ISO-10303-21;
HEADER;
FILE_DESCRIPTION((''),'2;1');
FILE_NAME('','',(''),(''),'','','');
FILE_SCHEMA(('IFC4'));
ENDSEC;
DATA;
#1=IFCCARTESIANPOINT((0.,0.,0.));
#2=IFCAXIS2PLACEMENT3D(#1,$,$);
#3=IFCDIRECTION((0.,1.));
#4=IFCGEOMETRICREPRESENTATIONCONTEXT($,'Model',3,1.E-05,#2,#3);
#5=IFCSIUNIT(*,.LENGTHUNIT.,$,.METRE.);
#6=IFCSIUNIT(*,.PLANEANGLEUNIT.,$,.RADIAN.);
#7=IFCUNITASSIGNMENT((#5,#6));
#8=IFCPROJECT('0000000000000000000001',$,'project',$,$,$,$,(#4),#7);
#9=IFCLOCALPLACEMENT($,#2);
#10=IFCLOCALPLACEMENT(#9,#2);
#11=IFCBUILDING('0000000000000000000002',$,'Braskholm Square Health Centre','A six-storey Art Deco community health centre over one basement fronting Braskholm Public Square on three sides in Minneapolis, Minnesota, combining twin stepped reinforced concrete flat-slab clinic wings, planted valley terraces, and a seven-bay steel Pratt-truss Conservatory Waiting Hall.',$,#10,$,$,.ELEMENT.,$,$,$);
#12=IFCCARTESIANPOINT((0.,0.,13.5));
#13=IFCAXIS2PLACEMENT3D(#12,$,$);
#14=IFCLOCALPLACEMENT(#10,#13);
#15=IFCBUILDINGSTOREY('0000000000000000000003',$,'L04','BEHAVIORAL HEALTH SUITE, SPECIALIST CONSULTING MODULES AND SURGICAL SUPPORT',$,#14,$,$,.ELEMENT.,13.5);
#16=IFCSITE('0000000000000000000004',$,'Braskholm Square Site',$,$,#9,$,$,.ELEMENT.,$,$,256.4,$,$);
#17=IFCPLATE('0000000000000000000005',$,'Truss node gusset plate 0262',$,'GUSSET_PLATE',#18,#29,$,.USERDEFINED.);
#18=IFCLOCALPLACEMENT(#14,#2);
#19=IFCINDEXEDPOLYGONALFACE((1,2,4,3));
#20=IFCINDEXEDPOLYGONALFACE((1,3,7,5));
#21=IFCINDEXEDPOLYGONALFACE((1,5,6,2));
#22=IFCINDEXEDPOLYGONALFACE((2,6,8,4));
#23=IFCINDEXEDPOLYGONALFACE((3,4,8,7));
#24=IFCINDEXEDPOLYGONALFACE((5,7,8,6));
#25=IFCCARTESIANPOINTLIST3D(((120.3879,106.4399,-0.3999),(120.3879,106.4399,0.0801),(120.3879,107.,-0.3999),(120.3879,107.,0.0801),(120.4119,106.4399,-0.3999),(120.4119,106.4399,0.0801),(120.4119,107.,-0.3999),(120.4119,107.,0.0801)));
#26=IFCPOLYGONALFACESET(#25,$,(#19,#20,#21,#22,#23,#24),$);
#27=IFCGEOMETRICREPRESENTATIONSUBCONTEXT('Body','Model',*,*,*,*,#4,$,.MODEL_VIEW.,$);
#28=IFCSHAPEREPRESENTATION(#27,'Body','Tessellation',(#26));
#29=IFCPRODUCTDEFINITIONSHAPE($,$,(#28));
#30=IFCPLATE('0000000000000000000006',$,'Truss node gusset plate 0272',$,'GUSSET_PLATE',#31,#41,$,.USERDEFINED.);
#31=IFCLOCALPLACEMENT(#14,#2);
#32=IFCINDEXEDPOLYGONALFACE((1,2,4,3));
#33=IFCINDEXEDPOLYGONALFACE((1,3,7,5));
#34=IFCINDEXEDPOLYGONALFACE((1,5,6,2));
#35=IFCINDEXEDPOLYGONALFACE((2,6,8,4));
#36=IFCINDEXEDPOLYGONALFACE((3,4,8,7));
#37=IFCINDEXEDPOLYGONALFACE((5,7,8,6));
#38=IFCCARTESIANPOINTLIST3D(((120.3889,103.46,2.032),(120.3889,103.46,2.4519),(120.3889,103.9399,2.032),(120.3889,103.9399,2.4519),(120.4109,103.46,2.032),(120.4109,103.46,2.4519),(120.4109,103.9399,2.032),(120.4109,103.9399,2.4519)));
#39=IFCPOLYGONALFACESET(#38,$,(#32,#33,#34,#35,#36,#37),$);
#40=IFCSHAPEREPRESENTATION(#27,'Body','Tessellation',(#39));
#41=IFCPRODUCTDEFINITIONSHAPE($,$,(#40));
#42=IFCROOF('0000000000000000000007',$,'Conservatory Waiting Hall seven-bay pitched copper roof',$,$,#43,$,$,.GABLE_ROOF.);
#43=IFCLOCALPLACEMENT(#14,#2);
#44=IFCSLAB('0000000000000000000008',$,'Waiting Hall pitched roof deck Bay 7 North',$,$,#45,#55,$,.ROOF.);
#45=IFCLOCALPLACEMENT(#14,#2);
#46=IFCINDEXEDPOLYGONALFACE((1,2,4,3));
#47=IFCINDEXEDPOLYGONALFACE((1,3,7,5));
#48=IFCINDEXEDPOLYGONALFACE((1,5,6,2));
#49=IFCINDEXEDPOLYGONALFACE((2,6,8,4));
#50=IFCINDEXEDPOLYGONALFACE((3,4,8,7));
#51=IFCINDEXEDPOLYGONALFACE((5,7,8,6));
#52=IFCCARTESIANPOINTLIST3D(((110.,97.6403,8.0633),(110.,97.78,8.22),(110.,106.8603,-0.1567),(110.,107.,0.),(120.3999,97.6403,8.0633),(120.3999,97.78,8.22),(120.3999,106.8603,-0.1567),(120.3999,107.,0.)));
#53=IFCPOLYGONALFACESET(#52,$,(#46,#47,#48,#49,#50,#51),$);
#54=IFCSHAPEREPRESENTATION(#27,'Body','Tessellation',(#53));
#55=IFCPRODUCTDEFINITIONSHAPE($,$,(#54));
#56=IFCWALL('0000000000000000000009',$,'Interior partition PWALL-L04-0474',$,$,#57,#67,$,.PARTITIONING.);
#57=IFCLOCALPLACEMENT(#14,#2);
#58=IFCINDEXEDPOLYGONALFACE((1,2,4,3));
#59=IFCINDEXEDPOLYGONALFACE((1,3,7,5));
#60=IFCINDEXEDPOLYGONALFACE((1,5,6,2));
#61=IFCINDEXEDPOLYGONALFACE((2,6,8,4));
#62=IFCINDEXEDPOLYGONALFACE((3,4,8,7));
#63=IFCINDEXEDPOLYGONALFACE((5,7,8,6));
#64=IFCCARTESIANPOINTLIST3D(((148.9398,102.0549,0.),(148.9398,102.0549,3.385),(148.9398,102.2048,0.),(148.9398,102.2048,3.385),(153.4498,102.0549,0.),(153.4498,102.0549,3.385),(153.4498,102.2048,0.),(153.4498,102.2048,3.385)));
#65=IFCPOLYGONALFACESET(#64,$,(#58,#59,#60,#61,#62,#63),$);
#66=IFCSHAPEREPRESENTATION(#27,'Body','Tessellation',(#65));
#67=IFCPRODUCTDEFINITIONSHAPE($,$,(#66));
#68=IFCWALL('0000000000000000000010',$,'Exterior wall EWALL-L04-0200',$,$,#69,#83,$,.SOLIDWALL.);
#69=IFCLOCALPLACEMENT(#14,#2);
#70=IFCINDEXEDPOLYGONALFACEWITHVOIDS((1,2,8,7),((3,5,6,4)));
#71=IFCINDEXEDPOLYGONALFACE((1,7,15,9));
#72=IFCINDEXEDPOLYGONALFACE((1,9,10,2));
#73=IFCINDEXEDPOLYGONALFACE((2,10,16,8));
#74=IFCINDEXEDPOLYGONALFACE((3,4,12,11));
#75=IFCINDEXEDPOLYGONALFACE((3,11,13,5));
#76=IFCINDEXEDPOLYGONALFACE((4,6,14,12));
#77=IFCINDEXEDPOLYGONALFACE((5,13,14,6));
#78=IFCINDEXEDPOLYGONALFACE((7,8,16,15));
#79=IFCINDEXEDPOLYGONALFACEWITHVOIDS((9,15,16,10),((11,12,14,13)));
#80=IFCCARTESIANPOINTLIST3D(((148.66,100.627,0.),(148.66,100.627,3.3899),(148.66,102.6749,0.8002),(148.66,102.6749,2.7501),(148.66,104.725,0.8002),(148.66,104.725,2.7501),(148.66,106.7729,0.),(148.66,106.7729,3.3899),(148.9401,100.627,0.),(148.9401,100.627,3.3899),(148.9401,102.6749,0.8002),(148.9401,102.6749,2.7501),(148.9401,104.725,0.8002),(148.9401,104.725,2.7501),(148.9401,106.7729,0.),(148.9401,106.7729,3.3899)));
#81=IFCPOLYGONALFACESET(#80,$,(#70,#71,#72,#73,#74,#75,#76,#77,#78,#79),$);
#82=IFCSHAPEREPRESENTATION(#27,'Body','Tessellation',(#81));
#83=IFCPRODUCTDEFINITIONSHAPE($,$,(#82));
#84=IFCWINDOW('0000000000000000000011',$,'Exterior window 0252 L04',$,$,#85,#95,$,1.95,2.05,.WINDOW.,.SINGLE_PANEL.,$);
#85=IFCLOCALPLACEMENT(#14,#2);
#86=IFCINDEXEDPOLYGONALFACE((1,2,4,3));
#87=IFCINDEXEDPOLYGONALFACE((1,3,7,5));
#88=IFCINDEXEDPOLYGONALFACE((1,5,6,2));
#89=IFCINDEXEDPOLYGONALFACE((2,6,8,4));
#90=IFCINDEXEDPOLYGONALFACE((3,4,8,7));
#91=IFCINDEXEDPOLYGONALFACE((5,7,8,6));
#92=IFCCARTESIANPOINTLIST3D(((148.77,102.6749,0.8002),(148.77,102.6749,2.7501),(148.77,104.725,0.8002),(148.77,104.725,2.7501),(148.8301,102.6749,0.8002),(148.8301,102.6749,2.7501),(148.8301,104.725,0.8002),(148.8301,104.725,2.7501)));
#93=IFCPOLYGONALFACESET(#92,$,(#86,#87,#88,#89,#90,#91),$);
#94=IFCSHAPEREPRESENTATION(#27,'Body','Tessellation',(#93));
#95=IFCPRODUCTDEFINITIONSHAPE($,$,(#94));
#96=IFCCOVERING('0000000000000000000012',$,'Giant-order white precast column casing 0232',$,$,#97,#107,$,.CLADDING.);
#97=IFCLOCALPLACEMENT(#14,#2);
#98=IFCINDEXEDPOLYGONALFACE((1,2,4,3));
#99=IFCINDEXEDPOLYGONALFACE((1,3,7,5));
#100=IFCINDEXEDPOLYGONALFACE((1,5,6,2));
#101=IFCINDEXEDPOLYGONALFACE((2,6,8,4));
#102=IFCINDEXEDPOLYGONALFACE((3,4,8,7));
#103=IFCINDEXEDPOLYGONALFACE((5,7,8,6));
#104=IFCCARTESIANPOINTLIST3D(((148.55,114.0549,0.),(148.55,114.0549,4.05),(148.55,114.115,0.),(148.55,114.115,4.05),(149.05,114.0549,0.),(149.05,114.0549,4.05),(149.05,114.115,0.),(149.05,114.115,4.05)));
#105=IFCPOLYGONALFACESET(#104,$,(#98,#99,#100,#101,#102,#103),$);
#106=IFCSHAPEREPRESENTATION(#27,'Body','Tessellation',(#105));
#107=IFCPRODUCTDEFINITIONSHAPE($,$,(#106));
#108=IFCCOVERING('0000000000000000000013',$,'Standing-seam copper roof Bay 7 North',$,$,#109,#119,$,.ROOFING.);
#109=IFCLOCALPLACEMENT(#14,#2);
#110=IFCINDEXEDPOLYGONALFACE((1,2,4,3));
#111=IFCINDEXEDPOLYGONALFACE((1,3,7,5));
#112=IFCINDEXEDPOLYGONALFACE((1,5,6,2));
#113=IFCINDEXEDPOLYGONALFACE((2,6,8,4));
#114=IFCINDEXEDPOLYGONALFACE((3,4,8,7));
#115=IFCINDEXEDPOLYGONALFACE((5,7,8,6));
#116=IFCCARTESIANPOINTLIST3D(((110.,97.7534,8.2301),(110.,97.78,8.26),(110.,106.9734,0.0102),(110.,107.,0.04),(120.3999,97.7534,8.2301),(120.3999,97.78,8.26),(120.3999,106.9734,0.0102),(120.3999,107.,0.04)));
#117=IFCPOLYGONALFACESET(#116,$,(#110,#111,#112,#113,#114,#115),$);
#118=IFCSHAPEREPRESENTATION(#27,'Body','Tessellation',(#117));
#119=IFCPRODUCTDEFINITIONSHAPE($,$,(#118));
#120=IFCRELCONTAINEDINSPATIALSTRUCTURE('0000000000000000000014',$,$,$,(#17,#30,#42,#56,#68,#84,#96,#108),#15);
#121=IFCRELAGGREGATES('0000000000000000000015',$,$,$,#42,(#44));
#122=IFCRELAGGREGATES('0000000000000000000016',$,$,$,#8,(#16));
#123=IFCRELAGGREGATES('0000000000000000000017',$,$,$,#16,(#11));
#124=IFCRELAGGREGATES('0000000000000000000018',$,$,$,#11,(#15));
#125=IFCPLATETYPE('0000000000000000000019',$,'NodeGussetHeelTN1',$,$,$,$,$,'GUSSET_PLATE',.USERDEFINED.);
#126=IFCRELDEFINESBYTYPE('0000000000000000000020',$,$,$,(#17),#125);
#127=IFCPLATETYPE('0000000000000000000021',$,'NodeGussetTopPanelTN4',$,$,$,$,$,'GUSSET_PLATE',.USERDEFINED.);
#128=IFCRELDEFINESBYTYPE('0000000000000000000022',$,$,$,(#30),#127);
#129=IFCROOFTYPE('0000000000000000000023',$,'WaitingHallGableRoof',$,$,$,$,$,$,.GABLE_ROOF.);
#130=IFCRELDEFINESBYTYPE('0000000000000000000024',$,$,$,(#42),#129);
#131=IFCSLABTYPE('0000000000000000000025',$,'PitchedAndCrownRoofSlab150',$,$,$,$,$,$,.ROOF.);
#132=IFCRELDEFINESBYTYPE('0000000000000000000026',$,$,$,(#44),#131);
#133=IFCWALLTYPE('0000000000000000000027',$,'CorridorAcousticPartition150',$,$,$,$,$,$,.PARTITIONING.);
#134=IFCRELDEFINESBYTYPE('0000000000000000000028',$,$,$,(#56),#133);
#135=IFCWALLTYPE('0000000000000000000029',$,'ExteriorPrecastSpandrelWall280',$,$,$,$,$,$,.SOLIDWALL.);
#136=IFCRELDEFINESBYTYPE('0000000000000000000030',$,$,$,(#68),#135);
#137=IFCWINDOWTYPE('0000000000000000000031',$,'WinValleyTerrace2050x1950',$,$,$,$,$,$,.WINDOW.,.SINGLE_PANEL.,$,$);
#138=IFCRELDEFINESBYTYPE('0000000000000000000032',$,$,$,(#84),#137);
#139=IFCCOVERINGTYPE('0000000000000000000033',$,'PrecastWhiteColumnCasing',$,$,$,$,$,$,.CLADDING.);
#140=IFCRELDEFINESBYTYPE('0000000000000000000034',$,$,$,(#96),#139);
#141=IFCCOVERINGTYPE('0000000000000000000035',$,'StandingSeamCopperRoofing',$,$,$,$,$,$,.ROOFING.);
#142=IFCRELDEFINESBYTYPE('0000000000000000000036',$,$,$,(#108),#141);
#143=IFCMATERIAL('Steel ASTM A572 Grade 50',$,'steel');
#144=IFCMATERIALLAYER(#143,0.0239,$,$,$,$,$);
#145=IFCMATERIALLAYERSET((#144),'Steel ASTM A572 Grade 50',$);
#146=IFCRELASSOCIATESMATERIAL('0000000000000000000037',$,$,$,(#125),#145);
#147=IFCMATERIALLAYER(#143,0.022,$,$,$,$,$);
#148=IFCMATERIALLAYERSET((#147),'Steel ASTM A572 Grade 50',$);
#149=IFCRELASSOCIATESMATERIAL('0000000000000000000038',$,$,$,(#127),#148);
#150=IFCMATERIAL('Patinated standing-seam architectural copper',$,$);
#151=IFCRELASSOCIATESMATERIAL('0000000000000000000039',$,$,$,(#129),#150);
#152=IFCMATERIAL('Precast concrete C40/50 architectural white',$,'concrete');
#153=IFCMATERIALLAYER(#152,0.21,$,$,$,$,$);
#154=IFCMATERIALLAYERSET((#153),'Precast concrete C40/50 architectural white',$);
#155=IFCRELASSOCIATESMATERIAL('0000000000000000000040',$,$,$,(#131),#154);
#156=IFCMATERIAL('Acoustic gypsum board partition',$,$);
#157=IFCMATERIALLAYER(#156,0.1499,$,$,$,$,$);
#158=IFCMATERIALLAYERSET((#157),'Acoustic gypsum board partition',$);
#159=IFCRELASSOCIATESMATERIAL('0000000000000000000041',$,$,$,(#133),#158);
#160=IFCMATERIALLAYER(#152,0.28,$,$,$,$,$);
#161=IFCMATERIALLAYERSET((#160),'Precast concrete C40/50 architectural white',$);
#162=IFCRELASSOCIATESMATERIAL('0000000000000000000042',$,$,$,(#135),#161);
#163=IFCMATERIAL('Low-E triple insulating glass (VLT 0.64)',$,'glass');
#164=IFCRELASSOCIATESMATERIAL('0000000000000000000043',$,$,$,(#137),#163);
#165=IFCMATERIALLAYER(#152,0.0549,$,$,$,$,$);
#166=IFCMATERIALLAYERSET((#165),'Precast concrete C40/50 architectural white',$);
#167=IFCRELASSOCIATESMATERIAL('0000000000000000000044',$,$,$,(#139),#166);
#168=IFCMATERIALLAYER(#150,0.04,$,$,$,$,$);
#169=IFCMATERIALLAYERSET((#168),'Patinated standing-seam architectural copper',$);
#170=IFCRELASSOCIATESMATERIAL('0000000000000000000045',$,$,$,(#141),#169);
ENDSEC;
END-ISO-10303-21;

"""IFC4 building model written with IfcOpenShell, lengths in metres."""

from ifc_helpers import new_model, si_unit, direction, frame, frame_2d, origin, origin_with_axes, origin_2d, place, context, subcontext, project, spatial, polyline, rectangle, outline, extrude, material, layer, layer_set, type_object, element, fill, aggregate, save


model = new_model("IFC4")

# Units and contexts
model_context = context("Model", 3, precision=1e-05, world=origin(), true_north=direction((0.0, 1.0)))
body_context = subcontext(model_context, "Body", "Model", "MODEL_VIEW")
ifc_project = project(units=[si_unit("LENGTHUNIT", "METRE"), si_unit("PLANEANGLEUNIT", "RADIAN")], contexts=[model_context])

# Site, building, storey
site_placement = place(None, origin())
site = spatial("IfcSite", under=ifc_project, at=site_placement, Name="Braskholm Square Site", CompositionType="ELEMENT", RefElevation=256.4)
building_placement = place(site_placement, origin())
building = spatial("IfcBuilding", under=site, at=building_placement, Name="Braskholm Square Health Centre", Description="A six-storey Art Deco community health centre over one basement fronting Braskholm Public Square on three sides in Minneapolis, Minnesota, combining twin stepped reinforced concrete flat-slab clinic wings, planted valley terraces, and a seven-bay steel Pratt-truss Conservatory Waiting Hall.", CompositionType="ELEMENT")
storey_placement = place(building_placement, frame((0.0, 0.0, 13.5)))
storey = spatial("IfcBuildingStorey", under=building, at=storey_placement, Name="L04", Description="BEHAVIORAL HEALTH SUITE, SPECIALIST CONSULTING MODULES AND SURGICAL SUPPORT", CompositionType="ELEMENT", Elevation=13.5)

# Shared definitions
ifc_material_1 = material(Name="Precast concrete C40/50 architectural white", Category="concrete")

# Shared definitions
ifc_material_2 = material(Name="Low-E triple insulating glass (VLT 0.64)", Category="glass")

# Shared definitions
ifc_material_3 = material(Name="Steel ASTM A572 Grade 50", Category="steel")

# Plates
ifc_layer_1 = layer(ifc_material_3, 0.0239)
ifc_layer_set_1 = layer_set([ifc_layer_1], Name="Steel ASTM A572 Grade 50")
plate_type_1 = type_object("IfcPlateType", Name="NodeGussetHeelTN1", ElementType="GUSSET_PLATE", PredefinedType="USERDEFINED", material=ifc_layer_set_1)
plate_1_placement = place(storey_placement, frame((120.3999, 106.72, -0.3999), z_axis=(0.0, 0.0, 1.0), x_axis=(1.0, 0.0, 0.0)))
element("IfcPlate", 1, at=plate_1_placement, inside=storey, type_object=plate_type_1, Name="Truss node gusset plate 0262", ObjectType="GUSSET_PLATE", PredefinedType="USERDEFINED", context=body_context, shape_type="SweptSolid", body=[
    extrude(rectangle(XDim=0.0239, YDim=0.5601, at=origin_2d()), origin(), (0.0, 0.0, 1.0), 0.48),
])
ifc_layer_2 = layer(ifc_material_3, 0.022)
ifc_layer_set_2 = layer_set([ifc_layer_2], Name="Steel ASTM A572 Grade 50")
plate_type_2 = type_object("IfcPlateType", Name="NodeGussetTopPanelTN4", ElementType="GUSSET_PLATE", PredefinedType="USERDEFINED", material=ifc_layer_set_2)
plate_2_placement = place(storey_placement, frame((120.3999, 103.7, 2.032), z_axis=(0.0, 0.0, 1.0), x_axis=(1.0, 0.0, 0.0)))
element("IfcPlate", 2, at=plate_2_placement, inside=storey, type_object=plate_type_2, Name="Truss node gusset plate 0272", ObjectType="GUSSET_PLATE", PredefinedType="USERDEFINED", context=body_context, shape_type="SweptSolid", body=[
    extrude(rectangle(XDim=0.022, YDim=0.48, at=origin_2d()), origin(), (0.0, 0.0, 1.0), 0.4199),
])

# Roof, slab
ifc_material_4 = material(Name="Patinated standing-seam architectural copper")
roof_type = type_object("IfcRoofType", Name="WaitingHallGableRoof", PredefinedType="GABLE_ROOF", material=ifc_material_4)
roof_placement = place(storey_placement, origin())
roof = element("IfcRoof", 3, at=roof_placement, inside=storey, type_object=roof_type, Name="Conservatory Waiting Hall seven-bay pitched copper roof", PredefinedType="GABLE_ROOF")
ifc_layer_3 = layer(ifc_material_1, 0.21)
ifc_layer_set_3 = layer_set([ifc_layer_3], Name="Precast concrete C40/50 architectural white")
slab_type = type_object("IfcSlabType", Name="PitchedAndCrownRoofSlab150", PredefinedType="ROOF", material=ifc_layer_set_3)
slab_placement = place(storey_placement, frame((120.3999, 107.0, 0.0), z_axis=(0.0, 0.665468, 0.746426), x_axis=(-1.0, 0.0, 0.0)))
slab = element("IfcSlab", 4, at=slab_placement, type_object=slab_type, Name="Waiting Hall pitched roof deck Bay 7 North", PredefinedType="ROOF", context=body_context, shape_type="SweptSolid", body=[
    extrude(outline(polyline([(0.0, 0.0), (10.3999, 0.0), (10.3999, 12.3522), (0.0, 12.3522), (0.0, 0.0)])), origin(), (0.0, 0.0, -1.0), 0.21),
])
aggregate(roof, [slab])

# Wall
ifc_material_5 = material(Name="Acoustic gypsum board partition")
ifc_layer_4 = layer(ifc_material_5, 0.1499)
ifc_layer_set_4 = layer_set([ifc_layer_4], Name="Acoustic gypsum board partition")
wall_type_1 = type_object("IfcWallType", Name="CorridorAcousticPartition150", PredefinedType="PARTITIONING", material=ifc_layer_set_4)
wall_1_placement = place(storey_placement, frame((148.9399, 102.1299, 0.0), z_axis=(0.0, 0.0, 1.0), x_axis=(1.0, 0.0, 0.0)))
element("IfcWall", 5, at=wall_1_placement, inside=storey, type_object=wall_type_1, Name="Interior partition PWALL-L04-0474", PredefinedType="PARTITIONING", context=body_context, shape_type="SweptSolid", body=[
    extrude(rectangle(XDim=4.51, YDim=0.1499, at=frame_2d((2.2549, 0.0))), origin(), (0.0, 0.0, 1.0), 3.385),
])

# Wall, opening, window
ifc_layer_5 = layer(ifc_material_1, 0.28)
ifc_layer_set_5 = layer_set([ifc_layer_5], Name="Precast concrete C40/50 architectural white")
wall_type_2 = type_object("IfcWallType", Name="ExteriorPrecastSpandrelWall280", PredefinedType="SOLIDWALL", material=ifc_layer_set_5)
wall_2_placement = place(storey_placement, frame((148.8, 106.7729, 0.0), z_axis=(0.0, 0.0, 1.0), x_axis=(0.0, -1.0, 0.0)))
wall_2 = element("IfcWall", 6, at=wall_2_placement, inside=storey, type_object=wall_type_2, Name="Exterior wall EWALL-L04-0200", PredefinedType="SOLIDWALL", context=body_context, shape_type="SweptSolid", body=[
    extrude(rectangle(XDim=6.146, YDim=0.28, at=frame_2d((3.073, 0.0))), origin(), (0.0, 0.0, 1.0), 3.3899),
])
opening_placement = place(wall_2_placement, frame((2.0481, 0.0, 0.8)))
opening = element("IfcOpeningElement", 7, at=opening_placement, cuts=wall_2, PredefinedType="OPENING", context=body_context, shape_type="SweptSolid", body=[
    extrude(rectangle(XDim=2.05, YDim=1.95, at=frame_2d((1.0249, 0.9751))), frame((0.0, 0.1499, 0.0), z_axis=(0.0, -1.0, 0.0), x_axis=(1.0, 0.0, 0.0)), (0.0, 0.0, 1.0), 0.3),
])
window_type = type_object("IfcWindowType", Name="WinValleyTerrace2050x1950", PartitioningType="SINGLE_PANEL", PredefinedType="WINDOW", material=ifc_material_2)
window_placement = place(opening_placement, origin_with_axes())
window = element("IfcWindow", 8, at=window_placement, inside=storey, type_object=window_type, Name="Exterior window 0252 L04", OverallHeight=1.95, OverallWidth=2.05, PartitioningType="SINGLE_PANEL", PredefinedType="WINDOW", context=body_context, shape_type="SweptSolid", body=[
    extrude(rectangle(XDim=2.05, YDim=1.95, at=frame_2d((1.0249, 0.9751))), frame((0.0, 0.03, 0.0), z_axis=(0.0, -1.0, 0.0), x_axis=(1.0, 0.0, 0.0)), (0.0, 0.0, 1.0), 0.0601),
])
fill(opening, window)

# Coverings
ifc_layer_6 = layer(ifc_material_1, 0.0549)
ifc_layer_set_6 = layer_set([ifc_layer_6], Name="Precast concrete C40/50 architectural white")
covering_type_1 = type_object("IfcCoveringType", Name="PrecastWhiteColumnCasing", PredefinedType="CLADDING", material=ifc_layer_set_6)
covering_1_placement = place(storey_placement, frame((148.8, 114.085, 0.0), z_axis=(0.0, 0.0, 1.0), x_axis=(1.0, 0.0, 0.0)))
element("IfcCovering", 9, at=covering_1_placement, inside=storey, type_object=covering_type_1, Name="Giant-order white precast column casing 0232", PredefinedType="CLADDING", context=body_context, shape_type="SweptSolid", body=[
    extrude(rectangle(XDim=0.5, YDim=0.0601, at=origin_2d()), origin(), (0.0, 0.0, 1.0), 4.05),
])
ifc_layer_7 = layer(ifc_material_4, 0.04)
ifc_layer_set_7 = layer_set([ifc_layer_7], Name="Patinated standing-seam architectural copper")
covering_type_2 = type_object("IfcCoveringType", Name="StandingSeamCopperRoofing", PredefinedType="ROOFING", material=ifc_layer_set_7)
covering_2_placement = place(storey_placement, frame((120.3999, 107.0, 0.04), z_axis=(0.0, 0.665468, 0.746426), x_axis=(-1.0, 0.0, 0.0)))
element("IfcCovering", 10, at=covering_2_placement, inside=storey, type_object=covering_type_2, Name="Standing-seam copper roof Bay 7 North", PredefinedType="ROOFING", context=body_context, shape_type="SweptSolid", body=[
    extrude(outline(polyline([(0.0, 0.0), (10.3999, 0.0), (10.3999, 12.3522), (0.0, 12.3522), (0.0, 0.0)])), origin(), (0.0, 0.0, -1.0), 0.04),
])

save(model, "model.ifc")
